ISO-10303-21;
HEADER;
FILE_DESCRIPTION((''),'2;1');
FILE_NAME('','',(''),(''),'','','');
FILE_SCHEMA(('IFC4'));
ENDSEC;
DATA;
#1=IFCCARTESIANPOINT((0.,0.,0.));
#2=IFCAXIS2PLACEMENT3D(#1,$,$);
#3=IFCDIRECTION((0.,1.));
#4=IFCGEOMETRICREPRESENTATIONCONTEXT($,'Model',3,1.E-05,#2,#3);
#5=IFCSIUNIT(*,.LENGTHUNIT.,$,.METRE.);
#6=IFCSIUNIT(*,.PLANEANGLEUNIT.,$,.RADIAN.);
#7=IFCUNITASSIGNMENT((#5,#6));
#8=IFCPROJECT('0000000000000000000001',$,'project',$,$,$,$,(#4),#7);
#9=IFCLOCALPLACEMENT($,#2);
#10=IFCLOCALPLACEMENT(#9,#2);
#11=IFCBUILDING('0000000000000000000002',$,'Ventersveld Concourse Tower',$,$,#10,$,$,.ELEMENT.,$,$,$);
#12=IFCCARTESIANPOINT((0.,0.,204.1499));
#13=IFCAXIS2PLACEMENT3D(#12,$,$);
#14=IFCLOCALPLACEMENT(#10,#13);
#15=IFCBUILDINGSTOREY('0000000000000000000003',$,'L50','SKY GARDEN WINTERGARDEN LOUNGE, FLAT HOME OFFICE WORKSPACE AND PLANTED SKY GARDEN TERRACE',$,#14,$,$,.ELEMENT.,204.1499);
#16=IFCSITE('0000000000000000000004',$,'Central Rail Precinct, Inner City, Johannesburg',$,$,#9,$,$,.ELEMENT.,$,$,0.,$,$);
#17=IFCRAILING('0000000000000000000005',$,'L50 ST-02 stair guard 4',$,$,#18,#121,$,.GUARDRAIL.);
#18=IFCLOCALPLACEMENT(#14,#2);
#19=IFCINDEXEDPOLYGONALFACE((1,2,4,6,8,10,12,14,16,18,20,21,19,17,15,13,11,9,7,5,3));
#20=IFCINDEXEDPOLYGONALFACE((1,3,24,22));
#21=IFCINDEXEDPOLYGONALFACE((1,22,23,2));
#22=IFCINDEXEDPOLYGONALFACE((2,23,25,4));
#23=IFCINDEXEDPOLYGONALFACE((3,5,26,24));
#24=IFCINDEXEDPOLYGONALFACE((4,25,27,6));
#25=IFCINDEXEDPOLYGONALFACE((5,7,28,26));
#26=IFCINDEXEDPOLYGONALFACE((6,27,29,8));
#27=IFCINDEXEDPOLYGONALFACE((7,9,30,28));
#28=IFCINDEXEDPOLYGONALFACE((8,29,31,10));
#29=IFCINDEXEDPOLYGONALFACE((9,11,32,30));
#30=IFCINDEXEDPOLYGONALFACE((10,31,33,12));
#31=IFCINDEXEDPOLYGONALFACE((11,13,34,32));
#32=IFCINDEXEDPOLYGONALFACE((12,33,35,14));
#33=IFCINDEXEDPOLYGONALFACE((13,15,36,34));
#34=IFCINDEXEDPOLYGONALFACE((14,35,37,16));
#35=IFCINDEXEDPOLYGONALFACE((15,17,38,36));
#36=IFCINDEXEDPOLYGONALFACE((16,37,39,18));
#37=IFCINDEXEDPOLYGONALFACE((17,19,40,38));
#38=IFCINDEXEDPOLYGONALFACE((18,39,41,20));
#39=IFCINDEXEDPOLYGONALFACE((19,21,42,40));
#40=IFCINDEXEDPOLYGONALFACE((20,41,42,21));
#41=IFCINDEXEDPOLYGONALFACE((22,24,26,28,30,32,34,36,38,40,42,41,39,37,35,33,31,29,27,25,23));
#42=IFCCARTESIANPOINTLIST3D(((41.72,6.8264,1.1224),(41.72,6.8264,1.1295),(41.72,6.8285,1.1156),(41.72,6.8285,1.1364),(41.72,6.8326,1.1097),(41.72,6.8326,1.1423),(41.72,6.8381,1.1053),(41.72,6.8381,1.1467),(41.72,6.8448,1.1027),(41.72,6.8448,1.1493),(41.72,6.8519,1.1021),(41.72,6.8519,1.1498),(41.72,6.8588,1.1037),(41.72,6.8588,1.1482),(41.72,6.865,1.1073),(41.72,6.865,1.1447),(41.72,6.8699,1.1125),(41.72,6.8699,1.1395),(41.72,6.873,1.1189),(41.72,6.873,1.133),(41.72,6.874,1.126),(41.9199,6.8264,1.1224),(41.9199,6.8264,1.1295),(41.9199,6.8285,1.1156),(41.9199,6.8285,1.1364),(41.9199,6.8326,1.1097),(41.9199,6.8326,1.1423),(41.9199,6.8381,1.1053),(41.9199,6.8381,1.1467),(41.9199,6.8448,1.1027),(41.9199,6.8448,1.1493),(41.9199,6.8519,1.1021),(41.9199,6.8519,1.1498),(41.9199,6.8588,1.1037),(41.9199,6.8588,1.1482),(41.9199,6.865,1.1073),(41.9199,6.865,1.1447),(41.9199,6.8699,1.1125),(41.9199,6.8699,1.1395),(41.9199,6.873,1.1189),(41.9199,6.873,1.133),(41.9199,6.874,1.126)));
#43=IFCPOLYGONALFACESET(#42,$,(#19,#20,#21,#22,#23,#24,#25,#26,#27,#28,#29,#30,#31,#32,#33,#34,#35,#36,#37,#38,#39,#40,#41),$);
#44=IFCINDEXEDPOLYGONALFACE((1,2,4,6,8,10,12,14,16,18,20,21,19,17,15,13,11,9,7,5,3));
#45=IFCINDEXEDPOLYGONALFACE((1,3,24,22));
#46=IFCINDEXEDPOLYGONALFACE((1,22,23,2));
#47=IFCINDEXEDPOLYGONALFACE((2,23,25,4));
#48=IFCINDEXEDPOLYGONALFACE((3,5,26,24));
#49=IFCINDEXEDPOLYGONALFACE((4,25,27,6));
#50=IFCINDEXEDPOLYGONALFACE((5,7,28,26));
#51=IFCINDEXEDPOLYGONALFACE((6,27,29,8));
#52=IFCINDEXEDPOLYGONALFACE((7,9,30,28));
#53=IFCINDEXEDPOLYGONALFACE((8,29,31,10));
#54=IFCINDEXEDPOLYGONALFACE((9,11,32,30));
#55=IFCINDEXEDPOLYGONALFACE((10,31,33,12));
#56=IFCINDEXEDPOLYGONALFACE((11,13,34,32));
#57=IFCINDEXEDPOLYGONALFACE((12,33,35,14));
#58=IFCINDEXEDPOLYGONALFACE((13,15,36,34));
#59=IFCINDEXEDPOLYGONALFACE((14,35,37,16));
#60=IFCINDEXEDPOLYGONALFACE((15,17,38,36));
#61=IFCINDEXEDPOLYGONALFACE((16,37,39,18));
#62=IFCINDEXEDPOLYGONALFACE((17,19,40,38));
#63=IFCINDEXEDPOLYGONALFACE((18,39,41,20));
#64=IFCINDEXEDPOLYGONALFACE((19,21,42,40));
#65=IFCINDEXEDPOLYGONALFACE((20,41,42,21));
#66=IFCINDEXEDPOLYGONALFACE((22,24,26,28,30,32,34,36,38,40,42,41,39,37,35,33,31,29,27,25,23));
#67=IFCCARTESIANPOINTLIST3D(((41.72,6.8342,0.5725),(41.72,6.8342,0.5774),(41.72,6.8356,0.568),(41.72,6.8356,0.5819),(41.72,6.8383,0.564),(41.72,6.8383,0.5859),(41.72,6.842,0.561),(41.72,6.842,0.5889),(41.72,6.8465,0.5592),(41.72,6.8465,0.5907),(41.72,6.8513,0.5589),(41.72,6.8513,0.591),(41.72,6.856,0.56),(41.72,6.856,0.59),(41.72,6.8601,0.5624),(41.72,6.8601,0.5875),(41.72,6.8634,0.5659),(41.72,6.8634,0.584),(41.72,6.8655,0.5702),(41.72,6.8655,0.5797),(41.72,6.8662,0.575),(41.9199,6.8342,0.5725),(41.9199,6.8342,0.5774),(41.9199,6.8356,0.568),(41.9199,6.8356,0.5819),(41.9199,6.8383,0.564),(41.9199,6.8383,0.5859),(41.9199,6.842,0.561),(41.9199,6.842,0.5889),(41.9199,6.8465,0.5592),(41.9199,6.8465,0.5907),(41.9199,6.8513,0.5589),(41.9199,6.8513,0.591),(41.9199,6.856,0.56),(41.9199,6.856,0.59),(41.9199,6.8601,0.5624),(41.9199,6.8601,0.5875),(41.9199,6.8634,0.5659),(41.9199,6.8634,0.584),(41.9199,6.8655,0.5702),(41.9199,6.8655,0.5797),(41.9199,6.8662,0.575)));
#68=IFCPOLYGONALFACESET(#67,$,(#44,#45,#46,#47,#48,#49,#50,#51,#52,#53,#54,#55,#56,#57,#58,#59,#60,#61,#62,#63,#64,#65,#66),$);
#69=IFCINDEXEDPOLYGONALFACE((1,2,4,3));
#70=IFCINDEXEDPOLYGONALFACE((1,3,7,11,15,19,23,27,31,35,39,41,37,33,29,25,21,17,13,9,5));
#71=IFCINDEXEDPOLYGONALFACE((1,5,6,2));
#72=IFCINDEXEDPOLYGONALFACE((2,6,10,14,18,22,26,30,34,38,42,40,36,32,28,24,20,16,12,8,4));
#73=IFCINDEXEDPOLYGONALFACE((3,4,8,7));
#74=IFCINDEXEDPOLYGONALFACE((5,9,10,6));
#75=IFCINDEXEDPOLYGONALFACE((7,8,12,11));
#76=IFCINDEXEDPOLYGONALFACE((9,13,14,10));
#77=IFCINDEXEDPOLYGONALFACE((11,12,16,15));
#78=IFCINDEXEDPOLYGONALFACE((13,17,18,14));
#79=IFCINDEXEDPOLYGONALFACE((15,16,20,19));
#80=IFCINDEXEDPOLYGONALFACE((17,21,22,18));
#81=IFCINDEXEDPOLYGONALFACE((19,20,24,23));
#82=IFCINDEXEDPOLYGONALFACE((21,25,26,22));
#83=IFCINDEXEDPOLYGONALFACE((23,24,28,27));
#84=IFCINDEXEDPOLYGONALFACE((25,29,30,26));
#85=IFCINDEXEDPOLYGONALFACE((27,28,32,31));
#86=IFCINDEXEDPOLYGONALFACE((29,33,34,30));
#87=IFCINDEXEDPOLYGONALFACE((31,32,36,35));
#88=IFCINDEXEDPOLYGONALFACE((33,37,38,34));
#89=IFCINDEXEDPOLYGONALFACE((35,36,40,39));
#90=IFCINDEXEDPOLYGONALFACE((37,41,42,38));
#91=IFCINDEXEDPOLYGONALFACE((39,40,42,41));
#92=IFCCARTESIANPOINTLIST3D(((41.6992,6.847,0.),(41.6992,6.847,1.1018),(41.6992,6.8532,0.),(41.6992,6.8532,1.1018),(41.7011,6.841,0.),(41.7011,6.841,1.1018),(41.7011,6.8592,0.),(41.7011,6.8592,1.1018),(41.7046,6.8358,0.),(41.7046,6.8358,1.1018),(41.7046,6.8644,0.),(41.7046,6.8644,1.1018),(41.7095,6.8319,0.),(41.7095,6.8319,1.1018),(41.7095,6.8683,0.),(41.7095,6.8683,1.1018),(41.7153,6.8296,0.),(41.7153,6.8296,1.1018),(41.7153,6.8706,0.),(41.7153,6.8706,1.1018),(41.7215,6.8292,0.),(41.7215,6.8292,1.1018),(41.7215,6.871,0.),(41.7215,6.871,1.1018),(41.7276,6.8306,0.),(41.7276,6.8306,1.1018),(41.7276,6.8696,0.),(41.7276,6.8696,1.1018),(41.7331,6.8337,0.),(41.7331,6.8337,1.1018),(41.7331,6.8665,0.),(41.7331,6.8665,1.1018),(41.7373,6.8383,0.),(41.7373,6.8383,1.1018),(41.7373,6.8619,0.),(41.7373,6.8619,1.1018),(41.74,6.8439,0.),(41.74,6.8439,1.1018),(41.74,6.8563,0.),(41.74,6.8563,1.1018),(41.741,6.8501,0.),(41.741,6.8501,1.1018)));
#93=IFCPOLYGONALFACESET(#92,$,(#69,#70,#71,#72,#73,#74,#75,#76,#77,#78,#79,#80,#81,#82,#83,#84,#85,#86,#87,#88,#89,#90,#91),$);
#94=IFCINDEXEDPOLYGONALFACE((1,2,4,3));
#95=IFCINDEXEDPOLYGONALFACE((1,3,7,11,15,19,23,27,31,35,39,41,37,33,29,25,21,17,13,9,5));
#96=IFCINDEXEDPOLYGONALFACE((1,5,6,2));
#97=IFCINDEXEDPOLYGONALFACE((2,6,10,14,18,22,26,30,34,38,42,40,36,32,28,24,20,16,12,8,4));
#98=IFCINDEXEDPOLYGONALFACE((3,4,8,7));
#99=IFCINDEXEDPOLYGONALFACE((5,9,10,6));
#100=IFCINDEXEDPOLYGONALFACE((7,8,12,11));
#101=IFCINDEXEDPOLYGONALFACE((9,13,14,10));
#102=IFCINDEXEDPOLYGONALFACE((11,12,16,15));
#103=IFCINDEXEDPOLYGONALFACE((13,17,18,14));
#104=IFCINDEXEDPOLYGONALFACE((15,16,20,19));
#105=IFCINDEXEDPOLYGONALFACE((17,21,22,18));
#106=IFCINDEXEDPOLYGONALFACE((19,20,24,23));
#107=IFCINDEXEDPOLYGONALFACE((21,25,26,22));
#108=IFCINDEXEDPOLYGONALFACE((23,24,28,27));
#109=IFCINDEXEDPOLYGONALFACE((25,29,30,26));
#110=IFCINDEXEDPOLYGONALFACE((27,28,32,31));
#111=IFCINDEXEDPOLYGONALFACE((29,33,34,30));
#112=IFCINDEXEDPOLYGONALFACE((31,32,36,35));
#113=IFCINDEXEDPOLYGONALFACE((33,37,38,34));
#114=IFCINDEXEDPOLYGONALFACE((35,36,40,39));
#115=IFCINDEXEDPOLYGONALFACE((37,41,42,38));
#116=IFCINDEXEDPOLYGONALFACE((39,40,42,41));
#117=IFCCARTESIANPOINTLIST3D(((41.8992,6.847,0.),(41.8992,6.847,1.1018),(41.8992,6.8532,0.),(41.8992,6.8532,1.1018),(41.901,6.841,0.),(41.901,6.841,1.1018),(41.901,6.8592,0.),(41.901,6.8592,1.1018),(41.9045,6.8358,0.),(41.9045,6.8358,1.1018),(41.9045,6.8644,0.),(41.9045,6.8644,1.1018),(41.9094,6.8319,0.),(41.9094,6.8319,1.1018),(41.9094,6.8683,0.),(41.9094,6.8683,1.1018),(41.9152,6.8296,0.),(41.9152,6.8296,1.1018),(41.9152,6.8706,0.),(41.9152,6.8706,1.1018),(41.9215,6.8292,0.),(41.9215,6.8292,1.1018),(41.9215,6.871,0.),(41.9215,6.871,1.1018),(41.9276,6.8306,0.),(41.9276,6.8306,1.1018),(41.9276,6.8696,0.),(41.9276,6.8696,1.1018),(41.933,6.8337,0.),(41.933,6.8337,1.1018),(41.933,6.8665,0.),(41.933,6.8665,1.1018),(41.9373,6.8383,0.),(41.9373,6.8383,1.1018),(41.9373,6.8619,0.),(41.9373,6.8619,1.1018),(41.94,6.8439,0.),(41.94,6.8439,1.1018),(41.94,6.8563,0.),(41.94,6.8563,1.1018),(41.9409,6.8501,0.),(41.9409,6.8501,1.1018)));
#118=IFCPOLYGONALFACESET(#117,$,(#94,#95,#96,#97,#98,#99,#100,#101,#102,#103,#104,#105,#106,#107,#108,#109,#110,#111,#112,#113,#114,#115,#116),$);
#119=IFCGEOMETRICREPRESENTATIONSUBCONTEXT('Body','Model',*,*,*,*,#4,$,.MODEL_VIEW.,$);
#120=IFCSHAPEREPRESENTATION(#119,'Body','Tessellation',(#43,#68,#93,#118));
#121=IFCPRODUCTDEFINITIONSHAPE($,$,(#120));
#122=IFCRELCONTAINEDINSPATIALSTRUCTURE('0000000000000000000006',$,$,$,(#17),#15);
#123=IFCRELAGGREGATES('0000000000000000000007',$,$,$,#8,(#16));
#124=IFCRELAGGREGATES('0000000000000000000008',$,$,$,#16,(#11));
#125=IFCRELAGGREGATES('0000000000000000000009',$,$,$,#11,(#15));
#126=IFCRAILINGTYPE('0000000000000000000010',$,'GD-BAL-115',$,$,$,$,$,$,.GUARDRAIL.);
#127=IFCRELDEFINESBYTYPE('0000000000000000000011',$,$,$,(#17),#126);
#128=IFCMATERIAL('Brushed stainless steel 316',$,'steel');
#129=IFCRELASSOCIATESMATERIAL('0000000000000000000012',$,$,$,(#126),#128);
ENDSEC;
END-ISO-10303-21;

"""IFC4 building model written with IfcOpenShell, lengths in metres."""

from ifc_helpers import new_model, si_unit, direction, frame, origin, origin_2d, place, context, subcontext, project, spatial, circle, extrude, material, type_object, element, save


model = new_model("IFC4")

# Units and contexts
model_context = context("Model", 3, precision=1e-05, world=origin(), true_north=direction((0.0, 1.0)))
body_context = subcontext(model_context, "Body", "Model", "MODEL_VIEW")
ifc_project = project(units=[si_unit("LENGTHUNIT", "METRE"), si_unit("PLANEANGLEUNIT", "RADIAN")], contexts=[model_context])

# Site, building, storey
site_placement = place(None, origin())
site = spatial("IfcSite", under=ifc_project, at=site_placement, Name="Central Rail Precinct, Inner City, Johannesburg", CompositionType="ELEMENT", RefElevation=0.0)
building_placement = place(site_placement, origin())
building = spatial("IfcBuilding", under=site, at=building_placement, Name="Ventersveld Concourse Tower", CompositionType="ELEMENT")
storey_placement = place(building_placement, frame((0.0, 0.0, 204.1499)))
storey = spatial("IfcBuildingStorey", under=building, at=storey_placement, Name="L50", Description="SKY GARDEN WINTERGARDEN LOUNGE, FLAT HOME OFFICE WORKSPACE AND PLANTED SKY GARDEN TERRACE", CompositionType="ELEMENT", Elevation=204.1499)

# Shared definitions
ifc_material_1 = material(Name="Brushed stainless steel 316", Category="steel")

# Railing
railing_type_1 = type_object("IfcRailingType", Name="GD-BAL-115", PredefinedType="GUARDRAIL", material=ifc_material_1)
railing_1_placement = place(storey_placement, frame((41.72, 6.8501, 0.0)))
element("IfcRailing", 1, at=railing_1_placement, inside=storey, type_object=railing_type_1, Name="L50 ST-02 stair guard 4", PredefinedType="GUARDRAIL", context=body_context, shape_type="SweptSolid", body=[
    extrude(circle(Radius=0.0239, at=origin_2d()), frame((0.0, 0.0, 1.126), z_axis=(1.0, 0.0, 0.0), x_axis=(0.0, 1.0, 0.0)), (0.0, 0.0, 1.0), 0.2),
    extrude(circle(Radius=0.0161, at=origin_2d()), frame((0.0, 0.0, 0.575), z_axis=(1.0, 0.0, 0.0), x_axis=(0.0, 1.0, 0.0)), (0.0, 0.0, 1.0), 0.2),
    extrude(circle(Radius=0.021, at=origin_2d()), origin(), (0.0, 0.0, 1.0), 1.1018),
    extrude(circle(Radius=0.021, at=origin_2d()), frame((0.2, 0.0, 0.0)), (0.0, 0.0, 1.0), 1.1018),
])

save(model, "model.ifc")
